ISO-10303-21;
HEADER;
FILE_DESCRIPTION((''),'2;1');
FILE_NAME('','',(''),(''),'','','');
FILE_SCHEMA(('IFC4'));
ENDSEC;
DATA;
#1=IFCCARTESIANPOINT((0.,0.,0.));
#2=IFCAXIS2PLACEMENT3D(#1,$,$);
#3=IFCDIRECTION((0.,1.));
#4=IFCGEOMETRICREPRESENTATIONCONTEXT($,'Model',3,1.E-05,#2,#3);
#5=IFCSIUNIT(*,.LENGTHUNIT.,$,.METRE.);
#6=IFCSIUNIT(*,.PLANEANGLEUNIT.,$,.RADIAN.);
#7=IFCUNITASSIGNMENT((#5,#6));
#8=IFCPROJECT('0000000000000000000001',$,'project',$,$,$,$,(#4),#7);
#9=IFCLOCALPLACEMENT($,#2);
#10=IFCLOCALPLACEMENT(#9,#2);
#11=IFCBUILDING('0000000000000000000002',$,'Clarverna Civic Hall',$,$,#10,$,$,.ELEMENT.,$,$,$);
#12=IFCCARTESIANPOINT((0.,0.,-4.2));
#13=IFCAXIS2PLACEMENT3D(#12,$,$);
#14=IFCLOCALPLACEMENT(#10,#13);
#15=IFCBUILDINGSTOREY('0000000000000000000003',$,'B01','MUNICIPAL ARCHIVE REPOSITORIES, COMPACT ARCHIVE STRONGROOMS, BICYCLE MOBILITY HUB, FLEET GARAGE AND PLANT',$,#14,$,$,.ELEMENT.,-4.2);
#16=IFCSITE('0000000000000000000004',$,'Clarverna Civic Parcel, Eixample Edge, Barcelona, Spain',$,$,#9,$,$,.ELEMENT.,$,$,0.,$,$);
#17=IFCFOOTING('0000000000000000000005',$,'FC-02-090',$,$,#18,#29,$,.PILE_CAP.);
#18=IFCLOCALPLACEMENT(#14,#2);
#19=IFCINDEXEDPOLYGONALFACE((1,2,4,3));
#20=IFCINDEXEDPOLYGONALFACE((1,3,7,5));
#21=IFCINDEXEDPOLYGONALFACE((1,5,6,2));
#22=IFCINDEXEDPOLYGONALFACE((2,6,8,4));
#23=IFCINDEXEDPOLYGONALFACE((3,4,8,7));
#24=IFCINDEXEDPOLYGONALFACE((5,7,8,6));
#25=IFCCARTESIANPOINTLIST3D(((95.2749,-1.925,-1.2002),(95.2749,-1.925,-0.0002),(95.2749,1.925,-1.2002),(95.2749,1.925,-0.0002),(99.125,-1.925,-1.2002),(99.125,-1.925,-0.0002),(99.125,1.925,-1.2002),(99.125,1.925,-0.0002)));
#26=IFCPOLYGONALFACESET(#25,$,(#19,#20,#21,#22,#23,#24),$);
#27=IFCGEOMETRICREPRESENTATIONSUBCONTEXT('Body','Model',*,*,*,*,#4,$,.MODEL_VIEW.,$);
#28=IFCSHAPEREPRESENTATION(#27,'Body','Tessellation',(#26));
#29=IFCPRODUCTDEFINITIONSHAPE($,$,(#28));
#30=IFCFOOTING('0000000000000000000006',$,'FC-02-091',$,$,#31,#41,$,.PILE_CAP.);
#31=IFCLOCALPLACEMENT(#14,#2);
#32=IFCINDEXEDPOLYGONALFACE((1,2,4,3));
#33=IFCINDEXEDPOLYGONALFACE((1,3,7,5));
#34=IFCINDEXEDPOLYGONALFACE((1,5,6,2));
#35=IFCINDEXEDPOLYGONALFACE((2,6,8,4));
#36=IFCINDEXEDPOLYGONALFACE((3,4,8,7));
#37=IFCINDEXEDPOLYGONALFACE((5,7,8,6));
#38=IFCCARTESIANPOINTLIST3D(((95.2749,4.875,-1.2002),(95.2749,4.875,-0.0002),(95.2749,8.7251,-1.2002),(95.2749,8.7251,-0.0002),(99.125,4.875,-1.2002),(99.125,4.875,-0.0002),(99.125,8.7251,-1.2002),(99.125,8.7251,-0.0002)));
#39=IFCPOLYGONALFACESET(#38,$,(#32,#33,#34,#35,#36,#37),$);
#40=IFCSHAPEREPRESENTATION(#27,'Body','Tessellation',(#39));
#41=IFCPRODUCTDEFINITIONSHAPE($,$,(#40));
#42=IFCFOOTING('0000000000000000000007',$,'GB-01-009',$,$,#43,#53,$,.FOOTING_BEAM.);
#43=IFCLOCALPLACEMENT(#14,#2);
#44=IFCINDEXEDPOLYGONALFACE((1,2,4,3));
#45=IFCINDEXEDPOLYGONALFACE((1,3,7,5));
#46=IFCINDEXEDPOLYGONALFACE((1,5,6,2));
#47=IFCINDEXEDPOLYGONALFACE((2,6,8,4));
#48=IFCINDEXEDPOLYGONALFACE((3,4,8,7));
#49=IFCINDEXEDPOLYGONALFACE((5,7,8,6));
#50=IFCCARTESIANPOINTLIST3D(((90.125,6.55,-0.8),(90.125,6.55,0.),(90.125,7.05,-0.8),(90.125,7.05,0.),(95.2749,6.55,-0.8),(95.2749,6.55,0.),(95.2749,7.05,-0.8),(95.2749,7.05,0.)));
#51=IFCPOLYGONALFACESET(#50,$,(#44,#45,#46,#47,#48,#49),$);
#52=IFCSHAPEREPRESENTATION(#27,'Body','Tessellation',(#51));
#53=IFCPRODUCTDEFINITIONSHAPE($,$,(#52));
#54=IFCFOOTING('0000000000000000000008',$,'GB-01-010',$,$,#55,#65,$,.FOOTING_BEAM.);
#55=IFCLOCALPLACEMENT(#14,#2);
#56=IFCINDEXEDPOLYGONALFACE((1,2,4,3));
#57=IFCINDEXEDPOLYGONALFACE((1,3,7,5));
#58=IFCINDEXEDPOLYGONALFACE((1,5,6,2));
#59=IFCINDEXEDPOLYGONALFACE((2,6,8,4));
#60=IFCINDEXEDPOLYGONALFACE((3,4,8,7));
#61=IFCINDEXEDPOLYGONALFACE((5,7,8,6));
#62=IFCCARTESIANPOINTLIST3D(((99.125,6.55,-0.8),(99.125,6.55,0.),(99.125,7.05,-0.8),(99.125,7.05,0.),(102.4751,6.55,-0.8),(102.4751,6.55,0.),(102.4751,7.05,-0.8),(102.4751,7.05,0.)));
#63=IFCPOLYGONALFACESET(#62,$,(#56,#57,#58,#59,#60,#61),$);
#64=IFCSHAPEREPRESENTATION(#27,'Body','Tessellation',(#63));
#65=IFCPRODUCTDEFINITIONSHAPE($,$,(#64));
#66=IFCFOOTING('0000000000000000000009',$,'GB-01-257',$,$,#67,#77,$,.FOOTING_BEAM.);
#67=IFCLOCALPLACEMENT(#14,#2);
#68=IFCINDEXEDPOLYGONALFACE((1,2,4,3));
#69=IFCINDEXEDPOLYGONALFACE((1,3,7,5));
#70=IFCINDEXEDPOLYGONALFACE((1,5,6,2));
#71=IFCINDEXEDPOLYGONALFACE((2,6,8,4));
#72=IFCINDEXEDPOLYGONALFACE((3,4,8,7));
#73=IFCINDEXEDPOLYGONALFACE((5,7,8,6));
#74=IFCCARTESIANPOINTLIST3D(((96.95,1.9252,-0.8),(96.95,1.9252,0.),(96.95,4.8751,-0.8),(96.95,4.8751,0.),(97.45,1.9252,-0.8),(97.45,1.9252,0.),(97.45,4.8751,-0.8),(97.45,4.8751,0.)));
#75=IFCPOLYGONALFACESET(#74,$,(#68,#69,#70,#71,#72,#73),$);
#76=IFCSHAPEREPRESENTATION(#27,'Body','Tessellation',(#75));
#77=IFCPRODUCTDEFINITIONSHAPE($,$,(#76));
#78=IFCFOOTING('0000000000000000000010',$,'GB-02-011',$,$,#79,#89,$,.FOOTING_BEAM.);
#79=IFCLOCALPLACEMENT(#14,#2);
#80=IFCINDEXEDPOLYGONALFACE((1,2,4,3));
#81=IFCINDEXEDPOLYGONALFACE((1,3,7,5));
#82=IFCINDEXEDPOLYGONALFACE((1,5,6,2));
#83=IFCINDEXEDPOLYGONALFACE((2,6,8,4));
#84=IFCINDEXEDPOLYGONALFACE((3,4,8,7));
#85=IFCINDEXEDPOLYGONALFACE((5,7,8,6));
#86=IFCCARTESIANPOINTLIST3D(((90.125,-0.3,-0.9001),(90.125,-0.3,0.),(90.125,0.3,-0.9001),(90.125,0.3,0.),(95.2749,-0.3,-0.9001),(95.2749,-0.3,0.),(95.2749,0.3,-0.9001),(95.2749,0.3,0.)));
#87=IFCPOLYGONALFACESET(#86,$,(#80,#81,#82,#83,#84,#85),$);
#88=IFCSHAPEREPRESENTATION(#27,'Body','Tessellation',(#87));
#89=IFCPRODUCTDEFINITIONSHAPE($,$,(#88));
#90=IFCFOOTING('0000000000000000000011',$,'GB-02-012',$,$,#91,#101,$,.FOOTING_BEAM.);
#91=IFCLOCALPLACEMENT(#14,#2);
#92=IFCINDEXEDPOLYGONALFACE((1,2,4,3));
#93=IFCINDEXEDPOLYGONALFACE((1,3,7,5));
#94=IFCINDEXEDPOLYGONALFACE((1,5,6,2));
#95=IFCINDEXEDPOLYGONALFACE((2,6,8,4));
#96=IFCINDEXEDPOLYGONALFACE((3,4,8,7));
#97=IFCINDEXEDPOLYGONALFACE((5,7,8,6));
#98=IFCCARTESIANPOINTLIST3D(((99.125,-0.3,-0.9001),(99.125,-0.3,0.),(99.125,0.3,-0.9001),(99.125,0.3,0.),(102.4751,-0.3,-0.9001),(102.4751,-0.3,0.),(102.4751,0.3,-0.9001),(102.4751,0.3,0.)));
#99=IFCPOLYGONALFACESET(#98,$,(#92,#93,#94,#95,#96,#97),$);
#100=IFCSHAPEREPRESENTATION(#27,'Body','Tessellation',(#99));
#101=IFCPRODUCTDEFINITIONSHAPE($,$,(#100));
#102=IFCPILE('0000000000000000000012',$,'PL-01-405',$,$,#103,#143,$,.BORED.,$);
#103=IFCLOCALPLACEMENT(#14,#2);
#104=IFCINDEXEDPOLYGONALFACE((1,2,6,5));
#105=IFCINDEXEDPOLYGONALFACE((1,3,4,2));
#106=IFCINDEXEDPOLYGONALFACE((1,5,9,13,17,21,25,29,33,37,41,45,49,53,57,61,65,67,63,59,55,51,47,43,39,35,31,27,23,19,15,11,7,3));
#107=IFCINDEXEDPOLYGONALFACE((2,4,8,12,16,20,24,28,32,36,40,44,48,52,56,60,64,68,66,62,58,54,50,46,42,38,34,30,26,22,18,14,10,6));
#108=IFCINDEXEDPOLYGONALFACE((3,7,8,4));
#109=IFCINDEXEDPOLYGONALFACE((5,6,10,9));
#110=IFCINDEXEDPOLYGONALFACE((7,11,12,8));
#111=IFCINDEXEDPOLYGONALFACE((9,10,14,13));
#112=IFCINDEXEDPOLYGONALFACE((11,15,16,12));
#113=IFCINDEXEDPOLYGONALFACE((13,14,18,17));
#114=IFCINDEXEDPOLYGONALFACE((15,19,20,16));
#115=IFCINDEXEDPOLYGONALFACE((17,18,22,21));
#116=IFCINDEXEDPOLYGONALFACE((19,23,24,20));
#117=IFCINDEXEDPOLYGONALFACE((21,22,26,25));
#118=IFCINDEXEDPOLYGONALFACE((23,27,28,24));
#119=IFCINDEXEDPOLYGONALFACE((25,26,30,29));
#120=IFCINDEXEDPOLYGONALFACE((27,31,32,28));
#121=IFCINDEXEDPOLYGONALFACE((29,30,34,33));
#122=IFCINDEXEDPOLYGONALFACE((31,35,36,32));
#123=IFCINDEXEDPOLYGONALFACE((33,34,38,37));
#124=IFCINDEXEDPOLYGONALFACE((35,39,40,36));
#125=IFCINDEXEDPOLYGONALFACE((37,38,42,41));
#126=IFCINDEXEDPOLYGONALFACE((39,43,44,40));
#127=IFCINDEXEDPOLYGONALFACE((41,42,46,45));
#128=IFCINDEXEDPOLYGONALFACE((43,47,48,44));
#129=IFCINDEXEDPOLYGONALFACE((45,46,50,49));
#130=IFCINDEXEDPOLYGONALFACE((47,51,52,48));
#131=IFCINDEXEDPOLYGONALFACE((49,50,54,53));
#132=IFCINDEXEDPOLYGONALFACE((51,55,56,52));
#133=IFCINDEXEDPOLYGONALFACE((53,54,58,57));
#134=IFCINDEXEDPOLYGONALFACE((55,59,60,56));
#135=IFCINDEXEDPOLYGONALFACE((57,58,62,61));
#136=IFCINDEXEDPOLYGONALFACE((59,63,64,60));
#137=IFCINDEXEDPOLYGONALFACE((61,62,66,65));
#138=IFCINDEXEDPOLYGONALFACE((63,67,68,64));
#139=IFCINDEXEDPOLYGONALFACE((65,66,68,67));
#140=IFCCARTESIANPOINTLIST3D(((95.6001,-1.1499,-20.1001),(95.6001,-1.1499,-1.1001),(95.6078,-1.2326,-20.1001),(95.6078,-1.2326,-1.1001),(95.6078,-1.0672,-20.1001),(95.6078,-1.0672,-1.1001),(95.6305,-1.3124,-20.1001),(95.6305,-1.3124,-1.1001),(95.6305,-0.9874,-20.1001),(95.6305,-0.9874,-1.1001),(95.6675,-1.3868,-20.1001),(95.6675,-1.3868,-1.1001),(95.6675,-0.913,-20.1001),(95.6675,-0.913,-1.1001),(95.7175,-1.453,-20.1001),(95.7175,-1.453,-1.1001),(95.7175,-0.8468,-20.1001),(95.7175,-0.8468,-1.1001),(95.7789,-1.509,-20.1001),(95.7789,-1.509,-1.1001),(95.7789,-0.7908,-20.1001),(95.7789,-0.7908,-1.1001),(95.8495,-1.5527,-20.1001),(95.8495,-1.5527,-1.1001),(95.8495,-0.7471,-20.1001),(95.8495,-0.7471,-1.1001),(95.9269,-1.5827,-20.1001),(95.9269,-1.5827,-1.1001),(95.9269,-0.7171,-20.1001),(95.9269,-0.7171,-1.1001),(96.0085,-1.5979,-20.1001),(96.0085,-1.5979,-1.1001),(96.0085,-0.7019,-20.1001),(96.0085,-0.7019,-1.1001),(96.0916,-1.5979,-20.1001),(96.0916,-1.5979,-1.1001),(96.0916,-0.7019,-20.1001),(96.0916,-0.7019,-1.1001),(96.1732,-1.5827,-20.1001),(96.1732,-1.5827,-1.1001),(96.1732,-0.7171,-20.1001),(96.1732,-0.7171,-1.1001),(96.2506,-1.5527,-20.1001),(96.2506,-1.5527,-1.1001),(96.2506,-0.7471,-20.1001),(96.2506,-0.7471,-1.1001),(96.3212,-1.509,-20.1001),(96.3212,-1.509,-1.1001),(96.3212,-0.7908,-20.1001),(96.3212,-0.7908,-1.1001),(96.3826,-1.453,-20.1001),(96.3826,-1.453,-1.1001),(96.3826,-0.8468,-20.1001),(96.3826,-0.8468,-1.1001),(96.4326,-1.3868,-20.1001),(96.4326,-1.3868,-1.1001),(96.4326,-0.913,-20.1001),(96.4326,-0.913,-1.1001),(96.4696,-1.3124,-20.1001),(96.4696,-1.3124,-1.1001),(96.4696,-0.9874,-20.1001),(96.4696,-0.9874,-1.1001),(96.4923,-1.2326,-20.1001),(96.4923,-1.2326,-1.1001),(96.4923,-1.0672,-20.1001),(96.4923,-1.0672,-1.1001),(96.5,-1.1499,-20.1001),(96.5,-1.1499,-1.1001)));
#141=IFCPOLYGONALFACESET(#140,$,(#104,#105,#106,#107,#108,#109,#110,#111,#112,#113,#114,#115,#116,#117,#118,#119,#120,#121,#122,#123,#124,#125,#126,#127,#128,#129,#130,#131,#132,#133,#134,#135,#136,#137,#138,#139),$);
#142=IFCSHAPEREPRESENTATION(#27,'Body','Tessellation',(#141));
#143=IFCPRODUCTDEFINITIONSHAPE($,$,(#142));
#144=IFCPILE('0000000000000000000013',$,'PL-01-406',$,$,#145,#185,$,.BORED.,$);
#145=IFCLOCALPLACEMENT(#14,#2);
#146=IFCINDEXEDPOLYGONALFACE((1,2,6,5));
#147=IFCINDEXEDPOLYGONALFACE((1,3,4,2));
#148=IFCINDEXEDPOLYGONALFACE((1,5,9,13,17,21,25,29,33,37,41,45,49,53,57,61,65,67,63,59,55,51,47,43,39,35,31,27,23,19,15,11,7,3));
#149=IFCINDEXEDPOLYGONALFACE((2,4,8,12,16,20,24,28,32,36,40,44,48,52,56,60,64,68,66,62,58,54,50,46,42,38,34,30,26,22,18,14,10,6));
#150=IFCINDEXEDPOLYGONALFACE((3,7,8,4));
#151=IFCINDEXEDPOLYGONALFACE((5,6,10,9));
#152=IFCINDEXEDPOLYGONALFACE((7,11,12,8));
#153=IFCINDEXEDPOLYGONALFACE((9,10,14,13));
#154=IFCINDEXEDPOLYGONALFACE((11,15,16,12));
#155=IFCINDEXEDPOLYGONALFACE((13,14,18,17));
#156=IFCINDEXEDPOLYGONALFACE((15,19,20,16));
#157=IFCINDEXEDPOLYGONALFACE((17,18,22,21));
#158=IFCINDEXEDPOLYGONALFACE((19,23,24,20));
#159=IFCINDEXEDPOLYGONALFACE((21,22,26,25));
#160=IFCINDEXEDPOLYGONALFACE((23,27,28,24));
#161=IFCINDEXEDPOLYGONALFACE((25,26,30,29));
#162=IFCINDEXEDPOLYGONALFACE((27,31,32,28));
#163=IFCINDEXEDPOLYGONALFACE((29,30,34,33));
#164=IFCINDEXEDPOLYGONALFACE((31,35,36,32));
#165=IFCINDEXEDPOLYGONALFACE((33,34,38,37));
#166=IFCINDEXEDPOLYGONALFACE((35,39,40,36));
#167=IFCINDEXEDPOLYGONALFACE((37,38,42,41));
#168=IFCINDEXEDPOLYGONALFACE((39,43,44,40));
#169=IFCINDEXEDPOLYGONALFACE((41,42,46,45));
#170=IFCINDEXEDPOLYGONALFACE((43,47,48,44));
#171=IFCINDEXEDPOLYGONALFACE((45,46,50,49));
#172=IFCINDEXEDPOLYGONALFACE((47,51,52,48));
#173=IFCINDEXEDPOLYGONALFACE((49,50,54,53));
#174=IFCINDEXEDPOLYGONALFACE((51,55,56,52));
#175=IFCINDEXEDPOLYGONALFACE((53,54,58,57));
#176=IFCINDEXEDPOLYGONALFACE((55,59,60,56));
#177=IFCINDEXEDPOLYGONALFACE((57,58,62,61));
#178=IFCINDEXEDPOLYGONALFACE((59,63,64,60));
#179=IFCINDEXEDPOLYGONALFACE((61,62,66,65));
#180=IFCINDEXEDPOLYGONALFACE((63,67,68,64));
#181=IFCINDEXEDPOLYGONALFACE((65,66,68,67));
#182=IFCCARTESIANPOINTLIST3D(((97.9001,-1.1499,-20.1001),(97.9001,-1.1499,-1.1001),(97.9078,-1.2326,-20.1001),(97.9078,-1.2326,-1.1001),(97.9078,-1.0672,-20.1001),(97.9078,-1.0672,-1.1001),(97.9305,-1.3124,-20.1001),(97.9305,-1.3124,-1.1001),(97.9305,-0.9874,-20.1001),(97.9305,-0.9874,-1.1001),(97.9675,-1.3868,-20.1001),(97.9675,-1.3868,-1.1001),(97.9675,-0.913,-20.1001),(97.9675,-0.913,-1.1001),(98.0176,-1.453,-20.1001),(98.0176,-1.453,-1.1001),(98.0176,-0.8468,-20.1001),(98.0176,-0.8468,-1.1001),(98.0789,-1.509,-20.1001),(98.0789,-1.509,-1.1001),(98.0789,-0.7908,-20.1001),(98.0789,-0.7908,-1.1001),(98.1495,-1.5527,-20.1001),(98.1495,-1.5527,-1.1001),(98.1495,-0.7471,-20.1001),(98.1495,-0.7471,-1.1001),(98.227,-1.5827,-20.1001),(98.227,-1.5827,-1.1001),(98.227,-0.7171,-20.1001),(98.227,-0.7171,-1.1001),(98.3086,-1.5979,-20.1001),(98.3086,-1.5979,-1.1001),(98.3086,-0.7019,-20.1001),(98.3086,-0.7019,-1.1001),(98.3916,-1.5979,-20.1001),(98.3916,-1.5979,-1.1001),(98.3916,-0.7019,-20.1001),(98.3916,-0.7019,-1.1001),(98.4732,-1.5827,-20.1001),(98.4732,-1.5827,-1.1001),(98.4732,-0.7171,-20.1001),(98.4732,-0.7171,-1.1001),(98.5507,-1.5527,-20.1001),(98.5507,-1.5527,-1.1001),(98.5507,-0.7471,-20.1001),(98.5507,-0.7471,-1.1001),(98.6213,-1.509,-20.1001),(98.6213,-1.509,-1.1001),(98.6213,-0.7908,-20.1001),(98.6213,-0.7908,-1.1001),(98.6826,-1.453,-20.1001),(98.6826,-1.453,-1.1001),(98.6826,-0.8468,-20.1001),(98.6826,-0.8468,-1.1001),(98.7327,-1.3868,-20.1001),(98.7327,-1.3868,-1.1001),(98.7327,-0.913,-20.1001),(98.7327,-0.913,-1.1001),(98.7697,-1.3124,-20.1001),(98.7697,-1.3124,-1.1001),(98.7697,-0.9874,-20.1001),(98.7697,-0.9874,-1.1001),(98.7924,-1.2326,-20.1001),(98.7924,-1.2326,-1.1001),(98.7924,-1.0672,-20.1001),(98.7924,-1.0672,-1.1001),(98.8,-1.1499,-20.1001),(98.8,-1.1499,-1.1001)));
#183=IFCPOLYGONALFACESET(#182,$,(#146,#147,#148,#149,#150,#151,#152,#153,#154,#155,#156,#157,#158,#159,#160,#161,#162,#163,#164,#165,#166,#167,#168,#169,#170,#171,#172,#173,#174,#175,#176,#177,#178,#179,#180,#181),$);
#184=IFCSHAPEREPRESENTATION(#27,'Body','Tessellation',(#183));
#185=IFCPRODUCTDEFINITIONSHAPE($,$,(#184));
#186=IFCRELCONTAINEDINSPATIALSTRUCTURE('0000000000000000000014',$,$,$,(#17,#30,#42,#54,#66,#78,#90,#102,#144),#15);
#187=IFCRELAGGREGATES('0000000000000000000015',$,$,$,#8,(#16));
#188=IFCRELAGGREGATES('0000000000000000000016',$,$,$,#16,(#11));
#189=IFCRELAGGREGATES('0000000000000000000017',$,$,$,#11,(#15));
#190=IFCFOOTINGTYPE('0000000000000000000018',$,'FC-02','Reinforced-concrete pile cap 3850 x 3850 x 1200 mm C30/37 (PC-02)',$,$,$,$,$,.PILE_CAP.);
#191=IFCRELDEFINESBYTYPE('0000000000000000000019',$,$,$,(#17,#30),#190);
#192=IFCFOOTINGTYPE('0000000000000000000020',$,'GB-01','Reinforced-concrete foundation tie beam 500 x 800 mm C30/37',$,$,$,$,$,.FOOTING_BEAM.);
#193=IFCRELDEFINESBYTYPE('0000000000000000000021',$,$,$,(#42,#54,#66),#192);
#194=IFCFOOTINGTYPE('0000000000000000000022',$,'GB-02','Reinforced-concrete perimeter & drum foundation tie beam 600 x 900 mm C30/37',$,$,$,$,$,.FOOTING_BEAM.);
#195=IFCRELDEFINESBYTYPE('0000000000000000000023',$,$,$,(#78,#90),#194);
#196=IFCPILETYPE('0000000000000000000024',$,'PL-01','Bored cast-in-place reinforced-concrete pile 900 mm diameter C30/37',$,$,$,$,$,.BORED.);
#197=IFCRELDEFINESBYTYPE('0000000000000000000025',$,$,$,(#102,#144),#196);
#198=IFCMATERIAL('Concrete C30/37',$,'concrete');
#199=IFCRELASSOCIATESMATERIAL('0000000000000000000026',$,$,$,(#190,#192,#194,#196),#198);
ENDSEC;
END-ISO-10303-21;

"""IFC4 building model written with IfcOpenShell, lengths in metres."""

from ifc_helpers import new_model, si_unit, direction, frame, frame_2d, origin, origin_2d, place, context, subcontext, project, spatial, rectangle, circle, extrude, material, material_profile, profile_set, type_object, element, save


model = new_model("IFC4")

# Units and contexts
model_context = context("Model", 3, precision=1e-05, world=origin(), true_north=direction((0.0, 1.0)))
body_context = subcontext(model_context, "Body", "Model", "MODEL_VIEW")
ifc_project = project(units=[si_unit("LENGTHUNIT", "METRE"), si_unit("PLANEANGLEUNIT", "RADIAN")], contexts=[model_context])

# Site, building, storey
site_placement = place(None, origin())
site = spatial("IfcSite", under=ifc_project, at=site_placement, Name="Clarverna Civic Parcel, Eixample Edge, Barcelona, Spain", CompositionType="ELEMENT", RefElevation=0.0)
building_placement = place(site_placement, origin())
building = spatial("IfcBuilding", under=site, at=building_placement, Name="Clarverna Civic Hall", CompositionType="ELEMENT")
storey_placement = place(building_placement, frame((0.0, 0.0, -4.2)))
storey = spatial("IfcBuildingStorey", under=building, at=storey_placement, Name="B01", Description="MUNICIPAL ARCHIVE REPOSITORIES, COMPACT ARCHIVE STRONGROOMS, BICYCLE MOBILITY HUB, FLEET GARAGE AND PLANT", CompositionType="ELEMENT", Elevation=-4.2)

# Footings
ifc_material_1 = material(Name="Concrete C30/37", Category="concrete")
footing_type_1 = type_object("IfcFootingType", Name="FC-02", Description="Reinforced-concrete pile cap 3850 x 3850 x 1200 mm C30/37 (PC-02)", PredefinedType="PILE_CAP", material=ifc_material_1)
for number, where, z_axis, x_axis, name in (
    (1, (97.2, 0.0, -1.2002), (0.0, 0.0, 1.0), (1.0, 0.0, 0.0), "FC-02-090"),
    (2, (97.2, 6.8, -1.2002), (0.0, 0.0, 1.0), (1.0, 0.0, 0.0), "FC-02-091"),
):
    element("IfcFooting", number, at=place(storey_placement, frame(where, z_axis=z_axis, x_axis=x_axis)), inside=storey, type_object=footing_type_1, Name=name, PredefinedType="PILE_CAP", context=body_context, shape_type="SweptSolid", body=[
        extrude(rectangle(XDim=3.8501, YDim=3.8501, at=origin_2d()), origin(), (0.0, 0.0, 1.0), 1.2),
    ])
footing_type_2 = type_object("IfcFootingType", Name="GB-01", Description="Reinforced-concrete foundation tie beam 500 x 800 mm C30/37", PredefinedType="FOOTING_BEAM", material=ifc_material_1)
footing_1_placement = place(storey_placement, frame((90.125, 6.8, -0.8), z_axis=(0.0, 0.0, 1.0), x_axis=(1.0, 0.0, 0.0)))
element("IfcFooting", 3, at=footing_1_placement, inside=storey, type_object=footing_type_2, Name="GB-01-009", PredefinedType="FOOTING_BEAM", context=body_context, shape_type="SweptSolid", body=[
    extrude(rectangle(XDim=5.1499, YDim=0.5, at=frame_2d((2.575, 0.0))), origin(), (0.0, 0.0, 1.0), 0.8),
])
footing_2_placement = place(storey_placement, frame((99.125, 6.8, -0.8), z_axis=(0.0, 0.0, 1.0), x_axis=(1.0, 0.0, 0.0)))
element("IfcFooting", 4, at=footing_2_placement, inside=storey, type_object=footing_type_2, Name="GB-01-010", PredefinedType="FOOTING_BEAM", context=body_context, shape_type="SweptSolid", body=[
    extrude(rectangle(XDim=3.3501, YDim=0.5, at=frame_2d((1.675, 0.0))), origin(), (0.0, 0.0, 1.0), 0.8),
])
footing_3_placement = place(storey_placement, frame((97.2, 1.925, -0.8), z_axis=(0.0, 0.0, 1.0), x_axis=(0.0, 1.0, 0.0)))
element("IfcFooting", 5, at=footing_3_placement, inside=storey, type_object=footing_type_2, Name="GB-01-257", PredefinedType="FOOTING_BEAM", context=body_context, shape_type="SweptSolid", body=[
    extrude(rectangle(XDim=2.95, YDim=0.5, at=frame_2d((1.4751, 0.0))), origin(), (0.0, 0.0, 1.0), 0.8),
])
footing_type_3 = type_object("IfcFootingType", Name="GB-02", Description="Reinforced-concrete perimeter & drum foundation tie beam 600 x 900 mm C30/37", PredefinedType="FOOTING_BEAM", material=ifc_material_1)
footing_4_placement = place(storey_placement, frame((90.125, 0.0, -0.9001), z_axis=(0.0, 0.0, 1.0), x_axis=(1.0, 0.0, 0.0)))
element("IfcFooting", 6, at=footing_4_placement, inside=storey, type_object=footing_type_3, Name="GB-02-011", PredefinedType="FOOTING_BEAM", context=body_context, shape_type="SweptSolid", body=[
    extrude(rectangle(XDim=5.1499, YDim=0.6001, at=frame_2d((2.575, 0.0))), origin(), (0.0, 0.0, 1.0), 0.9001),
])
footing_5_placement = place(storey_placement, frame((99.125, 0.0, -0.9001), z_axis=(0.0, 0.0, 1.0), x_axis=(1.0, 0.0, 0.0)))
element("IfcFooting", 7, at=footing_5_placement, inside=storey, type_object=footing_type_3, Name="GB-02-012", PredefinedType="FOOTING_BEAM", context=body_context, shape_type="SweptSolid", body=[
    extrude(rectangle(XDim=3.3501, YDim=0.6001, at=frame_2d((1.675, 0.0))), origin(), (0.0, 0.0, 1.0), 0.9001),
])

# Piles
ifc_material_profile_1 = material_profile(ifc_material_1, circle(Radius=0.45, at=origin_2d()), Name="BORED PILE D900")
ifc_profile_set_1 = profile_set([ifc_material_profile_1], Name="Concrete C30/37")
pile_type = type_object("IfcPileType", Name="PL-01", Description="Bored cast-in-place reinforced-concrete pile 900 mm diameter C30/37", PredefinedType="BORED", material=ifc_profile_set_1)
for number, where, z_axis, x_axis, name in (
    (8, (96.05, -1.1499, -1.1001), (0.0, 0.0, -1.0), (1.0, 0.0, 0.0), "PL-01-405"),
    (9, (98.3501, -1.1499, -1.1001), (0.0, 0.0, -1.0), (1.0, 0.0, 0.0), "PL-01-406"),
):
    element("IfcPile", number, at=place(storey_placement, frame(where, z_axis=z_axis, x_axis=x_axis)), inside=storey, type_object=pile_type, Name=name, PredefinedType="BORED", context=body_context, shape_type="SweptSolid", body=[
        extrude(circle(Radius=0.45, at=origin_2d()), origin(), (0.0, 0.0, 1.0), 19.0),
    ])

save(model, "model.ifc")
